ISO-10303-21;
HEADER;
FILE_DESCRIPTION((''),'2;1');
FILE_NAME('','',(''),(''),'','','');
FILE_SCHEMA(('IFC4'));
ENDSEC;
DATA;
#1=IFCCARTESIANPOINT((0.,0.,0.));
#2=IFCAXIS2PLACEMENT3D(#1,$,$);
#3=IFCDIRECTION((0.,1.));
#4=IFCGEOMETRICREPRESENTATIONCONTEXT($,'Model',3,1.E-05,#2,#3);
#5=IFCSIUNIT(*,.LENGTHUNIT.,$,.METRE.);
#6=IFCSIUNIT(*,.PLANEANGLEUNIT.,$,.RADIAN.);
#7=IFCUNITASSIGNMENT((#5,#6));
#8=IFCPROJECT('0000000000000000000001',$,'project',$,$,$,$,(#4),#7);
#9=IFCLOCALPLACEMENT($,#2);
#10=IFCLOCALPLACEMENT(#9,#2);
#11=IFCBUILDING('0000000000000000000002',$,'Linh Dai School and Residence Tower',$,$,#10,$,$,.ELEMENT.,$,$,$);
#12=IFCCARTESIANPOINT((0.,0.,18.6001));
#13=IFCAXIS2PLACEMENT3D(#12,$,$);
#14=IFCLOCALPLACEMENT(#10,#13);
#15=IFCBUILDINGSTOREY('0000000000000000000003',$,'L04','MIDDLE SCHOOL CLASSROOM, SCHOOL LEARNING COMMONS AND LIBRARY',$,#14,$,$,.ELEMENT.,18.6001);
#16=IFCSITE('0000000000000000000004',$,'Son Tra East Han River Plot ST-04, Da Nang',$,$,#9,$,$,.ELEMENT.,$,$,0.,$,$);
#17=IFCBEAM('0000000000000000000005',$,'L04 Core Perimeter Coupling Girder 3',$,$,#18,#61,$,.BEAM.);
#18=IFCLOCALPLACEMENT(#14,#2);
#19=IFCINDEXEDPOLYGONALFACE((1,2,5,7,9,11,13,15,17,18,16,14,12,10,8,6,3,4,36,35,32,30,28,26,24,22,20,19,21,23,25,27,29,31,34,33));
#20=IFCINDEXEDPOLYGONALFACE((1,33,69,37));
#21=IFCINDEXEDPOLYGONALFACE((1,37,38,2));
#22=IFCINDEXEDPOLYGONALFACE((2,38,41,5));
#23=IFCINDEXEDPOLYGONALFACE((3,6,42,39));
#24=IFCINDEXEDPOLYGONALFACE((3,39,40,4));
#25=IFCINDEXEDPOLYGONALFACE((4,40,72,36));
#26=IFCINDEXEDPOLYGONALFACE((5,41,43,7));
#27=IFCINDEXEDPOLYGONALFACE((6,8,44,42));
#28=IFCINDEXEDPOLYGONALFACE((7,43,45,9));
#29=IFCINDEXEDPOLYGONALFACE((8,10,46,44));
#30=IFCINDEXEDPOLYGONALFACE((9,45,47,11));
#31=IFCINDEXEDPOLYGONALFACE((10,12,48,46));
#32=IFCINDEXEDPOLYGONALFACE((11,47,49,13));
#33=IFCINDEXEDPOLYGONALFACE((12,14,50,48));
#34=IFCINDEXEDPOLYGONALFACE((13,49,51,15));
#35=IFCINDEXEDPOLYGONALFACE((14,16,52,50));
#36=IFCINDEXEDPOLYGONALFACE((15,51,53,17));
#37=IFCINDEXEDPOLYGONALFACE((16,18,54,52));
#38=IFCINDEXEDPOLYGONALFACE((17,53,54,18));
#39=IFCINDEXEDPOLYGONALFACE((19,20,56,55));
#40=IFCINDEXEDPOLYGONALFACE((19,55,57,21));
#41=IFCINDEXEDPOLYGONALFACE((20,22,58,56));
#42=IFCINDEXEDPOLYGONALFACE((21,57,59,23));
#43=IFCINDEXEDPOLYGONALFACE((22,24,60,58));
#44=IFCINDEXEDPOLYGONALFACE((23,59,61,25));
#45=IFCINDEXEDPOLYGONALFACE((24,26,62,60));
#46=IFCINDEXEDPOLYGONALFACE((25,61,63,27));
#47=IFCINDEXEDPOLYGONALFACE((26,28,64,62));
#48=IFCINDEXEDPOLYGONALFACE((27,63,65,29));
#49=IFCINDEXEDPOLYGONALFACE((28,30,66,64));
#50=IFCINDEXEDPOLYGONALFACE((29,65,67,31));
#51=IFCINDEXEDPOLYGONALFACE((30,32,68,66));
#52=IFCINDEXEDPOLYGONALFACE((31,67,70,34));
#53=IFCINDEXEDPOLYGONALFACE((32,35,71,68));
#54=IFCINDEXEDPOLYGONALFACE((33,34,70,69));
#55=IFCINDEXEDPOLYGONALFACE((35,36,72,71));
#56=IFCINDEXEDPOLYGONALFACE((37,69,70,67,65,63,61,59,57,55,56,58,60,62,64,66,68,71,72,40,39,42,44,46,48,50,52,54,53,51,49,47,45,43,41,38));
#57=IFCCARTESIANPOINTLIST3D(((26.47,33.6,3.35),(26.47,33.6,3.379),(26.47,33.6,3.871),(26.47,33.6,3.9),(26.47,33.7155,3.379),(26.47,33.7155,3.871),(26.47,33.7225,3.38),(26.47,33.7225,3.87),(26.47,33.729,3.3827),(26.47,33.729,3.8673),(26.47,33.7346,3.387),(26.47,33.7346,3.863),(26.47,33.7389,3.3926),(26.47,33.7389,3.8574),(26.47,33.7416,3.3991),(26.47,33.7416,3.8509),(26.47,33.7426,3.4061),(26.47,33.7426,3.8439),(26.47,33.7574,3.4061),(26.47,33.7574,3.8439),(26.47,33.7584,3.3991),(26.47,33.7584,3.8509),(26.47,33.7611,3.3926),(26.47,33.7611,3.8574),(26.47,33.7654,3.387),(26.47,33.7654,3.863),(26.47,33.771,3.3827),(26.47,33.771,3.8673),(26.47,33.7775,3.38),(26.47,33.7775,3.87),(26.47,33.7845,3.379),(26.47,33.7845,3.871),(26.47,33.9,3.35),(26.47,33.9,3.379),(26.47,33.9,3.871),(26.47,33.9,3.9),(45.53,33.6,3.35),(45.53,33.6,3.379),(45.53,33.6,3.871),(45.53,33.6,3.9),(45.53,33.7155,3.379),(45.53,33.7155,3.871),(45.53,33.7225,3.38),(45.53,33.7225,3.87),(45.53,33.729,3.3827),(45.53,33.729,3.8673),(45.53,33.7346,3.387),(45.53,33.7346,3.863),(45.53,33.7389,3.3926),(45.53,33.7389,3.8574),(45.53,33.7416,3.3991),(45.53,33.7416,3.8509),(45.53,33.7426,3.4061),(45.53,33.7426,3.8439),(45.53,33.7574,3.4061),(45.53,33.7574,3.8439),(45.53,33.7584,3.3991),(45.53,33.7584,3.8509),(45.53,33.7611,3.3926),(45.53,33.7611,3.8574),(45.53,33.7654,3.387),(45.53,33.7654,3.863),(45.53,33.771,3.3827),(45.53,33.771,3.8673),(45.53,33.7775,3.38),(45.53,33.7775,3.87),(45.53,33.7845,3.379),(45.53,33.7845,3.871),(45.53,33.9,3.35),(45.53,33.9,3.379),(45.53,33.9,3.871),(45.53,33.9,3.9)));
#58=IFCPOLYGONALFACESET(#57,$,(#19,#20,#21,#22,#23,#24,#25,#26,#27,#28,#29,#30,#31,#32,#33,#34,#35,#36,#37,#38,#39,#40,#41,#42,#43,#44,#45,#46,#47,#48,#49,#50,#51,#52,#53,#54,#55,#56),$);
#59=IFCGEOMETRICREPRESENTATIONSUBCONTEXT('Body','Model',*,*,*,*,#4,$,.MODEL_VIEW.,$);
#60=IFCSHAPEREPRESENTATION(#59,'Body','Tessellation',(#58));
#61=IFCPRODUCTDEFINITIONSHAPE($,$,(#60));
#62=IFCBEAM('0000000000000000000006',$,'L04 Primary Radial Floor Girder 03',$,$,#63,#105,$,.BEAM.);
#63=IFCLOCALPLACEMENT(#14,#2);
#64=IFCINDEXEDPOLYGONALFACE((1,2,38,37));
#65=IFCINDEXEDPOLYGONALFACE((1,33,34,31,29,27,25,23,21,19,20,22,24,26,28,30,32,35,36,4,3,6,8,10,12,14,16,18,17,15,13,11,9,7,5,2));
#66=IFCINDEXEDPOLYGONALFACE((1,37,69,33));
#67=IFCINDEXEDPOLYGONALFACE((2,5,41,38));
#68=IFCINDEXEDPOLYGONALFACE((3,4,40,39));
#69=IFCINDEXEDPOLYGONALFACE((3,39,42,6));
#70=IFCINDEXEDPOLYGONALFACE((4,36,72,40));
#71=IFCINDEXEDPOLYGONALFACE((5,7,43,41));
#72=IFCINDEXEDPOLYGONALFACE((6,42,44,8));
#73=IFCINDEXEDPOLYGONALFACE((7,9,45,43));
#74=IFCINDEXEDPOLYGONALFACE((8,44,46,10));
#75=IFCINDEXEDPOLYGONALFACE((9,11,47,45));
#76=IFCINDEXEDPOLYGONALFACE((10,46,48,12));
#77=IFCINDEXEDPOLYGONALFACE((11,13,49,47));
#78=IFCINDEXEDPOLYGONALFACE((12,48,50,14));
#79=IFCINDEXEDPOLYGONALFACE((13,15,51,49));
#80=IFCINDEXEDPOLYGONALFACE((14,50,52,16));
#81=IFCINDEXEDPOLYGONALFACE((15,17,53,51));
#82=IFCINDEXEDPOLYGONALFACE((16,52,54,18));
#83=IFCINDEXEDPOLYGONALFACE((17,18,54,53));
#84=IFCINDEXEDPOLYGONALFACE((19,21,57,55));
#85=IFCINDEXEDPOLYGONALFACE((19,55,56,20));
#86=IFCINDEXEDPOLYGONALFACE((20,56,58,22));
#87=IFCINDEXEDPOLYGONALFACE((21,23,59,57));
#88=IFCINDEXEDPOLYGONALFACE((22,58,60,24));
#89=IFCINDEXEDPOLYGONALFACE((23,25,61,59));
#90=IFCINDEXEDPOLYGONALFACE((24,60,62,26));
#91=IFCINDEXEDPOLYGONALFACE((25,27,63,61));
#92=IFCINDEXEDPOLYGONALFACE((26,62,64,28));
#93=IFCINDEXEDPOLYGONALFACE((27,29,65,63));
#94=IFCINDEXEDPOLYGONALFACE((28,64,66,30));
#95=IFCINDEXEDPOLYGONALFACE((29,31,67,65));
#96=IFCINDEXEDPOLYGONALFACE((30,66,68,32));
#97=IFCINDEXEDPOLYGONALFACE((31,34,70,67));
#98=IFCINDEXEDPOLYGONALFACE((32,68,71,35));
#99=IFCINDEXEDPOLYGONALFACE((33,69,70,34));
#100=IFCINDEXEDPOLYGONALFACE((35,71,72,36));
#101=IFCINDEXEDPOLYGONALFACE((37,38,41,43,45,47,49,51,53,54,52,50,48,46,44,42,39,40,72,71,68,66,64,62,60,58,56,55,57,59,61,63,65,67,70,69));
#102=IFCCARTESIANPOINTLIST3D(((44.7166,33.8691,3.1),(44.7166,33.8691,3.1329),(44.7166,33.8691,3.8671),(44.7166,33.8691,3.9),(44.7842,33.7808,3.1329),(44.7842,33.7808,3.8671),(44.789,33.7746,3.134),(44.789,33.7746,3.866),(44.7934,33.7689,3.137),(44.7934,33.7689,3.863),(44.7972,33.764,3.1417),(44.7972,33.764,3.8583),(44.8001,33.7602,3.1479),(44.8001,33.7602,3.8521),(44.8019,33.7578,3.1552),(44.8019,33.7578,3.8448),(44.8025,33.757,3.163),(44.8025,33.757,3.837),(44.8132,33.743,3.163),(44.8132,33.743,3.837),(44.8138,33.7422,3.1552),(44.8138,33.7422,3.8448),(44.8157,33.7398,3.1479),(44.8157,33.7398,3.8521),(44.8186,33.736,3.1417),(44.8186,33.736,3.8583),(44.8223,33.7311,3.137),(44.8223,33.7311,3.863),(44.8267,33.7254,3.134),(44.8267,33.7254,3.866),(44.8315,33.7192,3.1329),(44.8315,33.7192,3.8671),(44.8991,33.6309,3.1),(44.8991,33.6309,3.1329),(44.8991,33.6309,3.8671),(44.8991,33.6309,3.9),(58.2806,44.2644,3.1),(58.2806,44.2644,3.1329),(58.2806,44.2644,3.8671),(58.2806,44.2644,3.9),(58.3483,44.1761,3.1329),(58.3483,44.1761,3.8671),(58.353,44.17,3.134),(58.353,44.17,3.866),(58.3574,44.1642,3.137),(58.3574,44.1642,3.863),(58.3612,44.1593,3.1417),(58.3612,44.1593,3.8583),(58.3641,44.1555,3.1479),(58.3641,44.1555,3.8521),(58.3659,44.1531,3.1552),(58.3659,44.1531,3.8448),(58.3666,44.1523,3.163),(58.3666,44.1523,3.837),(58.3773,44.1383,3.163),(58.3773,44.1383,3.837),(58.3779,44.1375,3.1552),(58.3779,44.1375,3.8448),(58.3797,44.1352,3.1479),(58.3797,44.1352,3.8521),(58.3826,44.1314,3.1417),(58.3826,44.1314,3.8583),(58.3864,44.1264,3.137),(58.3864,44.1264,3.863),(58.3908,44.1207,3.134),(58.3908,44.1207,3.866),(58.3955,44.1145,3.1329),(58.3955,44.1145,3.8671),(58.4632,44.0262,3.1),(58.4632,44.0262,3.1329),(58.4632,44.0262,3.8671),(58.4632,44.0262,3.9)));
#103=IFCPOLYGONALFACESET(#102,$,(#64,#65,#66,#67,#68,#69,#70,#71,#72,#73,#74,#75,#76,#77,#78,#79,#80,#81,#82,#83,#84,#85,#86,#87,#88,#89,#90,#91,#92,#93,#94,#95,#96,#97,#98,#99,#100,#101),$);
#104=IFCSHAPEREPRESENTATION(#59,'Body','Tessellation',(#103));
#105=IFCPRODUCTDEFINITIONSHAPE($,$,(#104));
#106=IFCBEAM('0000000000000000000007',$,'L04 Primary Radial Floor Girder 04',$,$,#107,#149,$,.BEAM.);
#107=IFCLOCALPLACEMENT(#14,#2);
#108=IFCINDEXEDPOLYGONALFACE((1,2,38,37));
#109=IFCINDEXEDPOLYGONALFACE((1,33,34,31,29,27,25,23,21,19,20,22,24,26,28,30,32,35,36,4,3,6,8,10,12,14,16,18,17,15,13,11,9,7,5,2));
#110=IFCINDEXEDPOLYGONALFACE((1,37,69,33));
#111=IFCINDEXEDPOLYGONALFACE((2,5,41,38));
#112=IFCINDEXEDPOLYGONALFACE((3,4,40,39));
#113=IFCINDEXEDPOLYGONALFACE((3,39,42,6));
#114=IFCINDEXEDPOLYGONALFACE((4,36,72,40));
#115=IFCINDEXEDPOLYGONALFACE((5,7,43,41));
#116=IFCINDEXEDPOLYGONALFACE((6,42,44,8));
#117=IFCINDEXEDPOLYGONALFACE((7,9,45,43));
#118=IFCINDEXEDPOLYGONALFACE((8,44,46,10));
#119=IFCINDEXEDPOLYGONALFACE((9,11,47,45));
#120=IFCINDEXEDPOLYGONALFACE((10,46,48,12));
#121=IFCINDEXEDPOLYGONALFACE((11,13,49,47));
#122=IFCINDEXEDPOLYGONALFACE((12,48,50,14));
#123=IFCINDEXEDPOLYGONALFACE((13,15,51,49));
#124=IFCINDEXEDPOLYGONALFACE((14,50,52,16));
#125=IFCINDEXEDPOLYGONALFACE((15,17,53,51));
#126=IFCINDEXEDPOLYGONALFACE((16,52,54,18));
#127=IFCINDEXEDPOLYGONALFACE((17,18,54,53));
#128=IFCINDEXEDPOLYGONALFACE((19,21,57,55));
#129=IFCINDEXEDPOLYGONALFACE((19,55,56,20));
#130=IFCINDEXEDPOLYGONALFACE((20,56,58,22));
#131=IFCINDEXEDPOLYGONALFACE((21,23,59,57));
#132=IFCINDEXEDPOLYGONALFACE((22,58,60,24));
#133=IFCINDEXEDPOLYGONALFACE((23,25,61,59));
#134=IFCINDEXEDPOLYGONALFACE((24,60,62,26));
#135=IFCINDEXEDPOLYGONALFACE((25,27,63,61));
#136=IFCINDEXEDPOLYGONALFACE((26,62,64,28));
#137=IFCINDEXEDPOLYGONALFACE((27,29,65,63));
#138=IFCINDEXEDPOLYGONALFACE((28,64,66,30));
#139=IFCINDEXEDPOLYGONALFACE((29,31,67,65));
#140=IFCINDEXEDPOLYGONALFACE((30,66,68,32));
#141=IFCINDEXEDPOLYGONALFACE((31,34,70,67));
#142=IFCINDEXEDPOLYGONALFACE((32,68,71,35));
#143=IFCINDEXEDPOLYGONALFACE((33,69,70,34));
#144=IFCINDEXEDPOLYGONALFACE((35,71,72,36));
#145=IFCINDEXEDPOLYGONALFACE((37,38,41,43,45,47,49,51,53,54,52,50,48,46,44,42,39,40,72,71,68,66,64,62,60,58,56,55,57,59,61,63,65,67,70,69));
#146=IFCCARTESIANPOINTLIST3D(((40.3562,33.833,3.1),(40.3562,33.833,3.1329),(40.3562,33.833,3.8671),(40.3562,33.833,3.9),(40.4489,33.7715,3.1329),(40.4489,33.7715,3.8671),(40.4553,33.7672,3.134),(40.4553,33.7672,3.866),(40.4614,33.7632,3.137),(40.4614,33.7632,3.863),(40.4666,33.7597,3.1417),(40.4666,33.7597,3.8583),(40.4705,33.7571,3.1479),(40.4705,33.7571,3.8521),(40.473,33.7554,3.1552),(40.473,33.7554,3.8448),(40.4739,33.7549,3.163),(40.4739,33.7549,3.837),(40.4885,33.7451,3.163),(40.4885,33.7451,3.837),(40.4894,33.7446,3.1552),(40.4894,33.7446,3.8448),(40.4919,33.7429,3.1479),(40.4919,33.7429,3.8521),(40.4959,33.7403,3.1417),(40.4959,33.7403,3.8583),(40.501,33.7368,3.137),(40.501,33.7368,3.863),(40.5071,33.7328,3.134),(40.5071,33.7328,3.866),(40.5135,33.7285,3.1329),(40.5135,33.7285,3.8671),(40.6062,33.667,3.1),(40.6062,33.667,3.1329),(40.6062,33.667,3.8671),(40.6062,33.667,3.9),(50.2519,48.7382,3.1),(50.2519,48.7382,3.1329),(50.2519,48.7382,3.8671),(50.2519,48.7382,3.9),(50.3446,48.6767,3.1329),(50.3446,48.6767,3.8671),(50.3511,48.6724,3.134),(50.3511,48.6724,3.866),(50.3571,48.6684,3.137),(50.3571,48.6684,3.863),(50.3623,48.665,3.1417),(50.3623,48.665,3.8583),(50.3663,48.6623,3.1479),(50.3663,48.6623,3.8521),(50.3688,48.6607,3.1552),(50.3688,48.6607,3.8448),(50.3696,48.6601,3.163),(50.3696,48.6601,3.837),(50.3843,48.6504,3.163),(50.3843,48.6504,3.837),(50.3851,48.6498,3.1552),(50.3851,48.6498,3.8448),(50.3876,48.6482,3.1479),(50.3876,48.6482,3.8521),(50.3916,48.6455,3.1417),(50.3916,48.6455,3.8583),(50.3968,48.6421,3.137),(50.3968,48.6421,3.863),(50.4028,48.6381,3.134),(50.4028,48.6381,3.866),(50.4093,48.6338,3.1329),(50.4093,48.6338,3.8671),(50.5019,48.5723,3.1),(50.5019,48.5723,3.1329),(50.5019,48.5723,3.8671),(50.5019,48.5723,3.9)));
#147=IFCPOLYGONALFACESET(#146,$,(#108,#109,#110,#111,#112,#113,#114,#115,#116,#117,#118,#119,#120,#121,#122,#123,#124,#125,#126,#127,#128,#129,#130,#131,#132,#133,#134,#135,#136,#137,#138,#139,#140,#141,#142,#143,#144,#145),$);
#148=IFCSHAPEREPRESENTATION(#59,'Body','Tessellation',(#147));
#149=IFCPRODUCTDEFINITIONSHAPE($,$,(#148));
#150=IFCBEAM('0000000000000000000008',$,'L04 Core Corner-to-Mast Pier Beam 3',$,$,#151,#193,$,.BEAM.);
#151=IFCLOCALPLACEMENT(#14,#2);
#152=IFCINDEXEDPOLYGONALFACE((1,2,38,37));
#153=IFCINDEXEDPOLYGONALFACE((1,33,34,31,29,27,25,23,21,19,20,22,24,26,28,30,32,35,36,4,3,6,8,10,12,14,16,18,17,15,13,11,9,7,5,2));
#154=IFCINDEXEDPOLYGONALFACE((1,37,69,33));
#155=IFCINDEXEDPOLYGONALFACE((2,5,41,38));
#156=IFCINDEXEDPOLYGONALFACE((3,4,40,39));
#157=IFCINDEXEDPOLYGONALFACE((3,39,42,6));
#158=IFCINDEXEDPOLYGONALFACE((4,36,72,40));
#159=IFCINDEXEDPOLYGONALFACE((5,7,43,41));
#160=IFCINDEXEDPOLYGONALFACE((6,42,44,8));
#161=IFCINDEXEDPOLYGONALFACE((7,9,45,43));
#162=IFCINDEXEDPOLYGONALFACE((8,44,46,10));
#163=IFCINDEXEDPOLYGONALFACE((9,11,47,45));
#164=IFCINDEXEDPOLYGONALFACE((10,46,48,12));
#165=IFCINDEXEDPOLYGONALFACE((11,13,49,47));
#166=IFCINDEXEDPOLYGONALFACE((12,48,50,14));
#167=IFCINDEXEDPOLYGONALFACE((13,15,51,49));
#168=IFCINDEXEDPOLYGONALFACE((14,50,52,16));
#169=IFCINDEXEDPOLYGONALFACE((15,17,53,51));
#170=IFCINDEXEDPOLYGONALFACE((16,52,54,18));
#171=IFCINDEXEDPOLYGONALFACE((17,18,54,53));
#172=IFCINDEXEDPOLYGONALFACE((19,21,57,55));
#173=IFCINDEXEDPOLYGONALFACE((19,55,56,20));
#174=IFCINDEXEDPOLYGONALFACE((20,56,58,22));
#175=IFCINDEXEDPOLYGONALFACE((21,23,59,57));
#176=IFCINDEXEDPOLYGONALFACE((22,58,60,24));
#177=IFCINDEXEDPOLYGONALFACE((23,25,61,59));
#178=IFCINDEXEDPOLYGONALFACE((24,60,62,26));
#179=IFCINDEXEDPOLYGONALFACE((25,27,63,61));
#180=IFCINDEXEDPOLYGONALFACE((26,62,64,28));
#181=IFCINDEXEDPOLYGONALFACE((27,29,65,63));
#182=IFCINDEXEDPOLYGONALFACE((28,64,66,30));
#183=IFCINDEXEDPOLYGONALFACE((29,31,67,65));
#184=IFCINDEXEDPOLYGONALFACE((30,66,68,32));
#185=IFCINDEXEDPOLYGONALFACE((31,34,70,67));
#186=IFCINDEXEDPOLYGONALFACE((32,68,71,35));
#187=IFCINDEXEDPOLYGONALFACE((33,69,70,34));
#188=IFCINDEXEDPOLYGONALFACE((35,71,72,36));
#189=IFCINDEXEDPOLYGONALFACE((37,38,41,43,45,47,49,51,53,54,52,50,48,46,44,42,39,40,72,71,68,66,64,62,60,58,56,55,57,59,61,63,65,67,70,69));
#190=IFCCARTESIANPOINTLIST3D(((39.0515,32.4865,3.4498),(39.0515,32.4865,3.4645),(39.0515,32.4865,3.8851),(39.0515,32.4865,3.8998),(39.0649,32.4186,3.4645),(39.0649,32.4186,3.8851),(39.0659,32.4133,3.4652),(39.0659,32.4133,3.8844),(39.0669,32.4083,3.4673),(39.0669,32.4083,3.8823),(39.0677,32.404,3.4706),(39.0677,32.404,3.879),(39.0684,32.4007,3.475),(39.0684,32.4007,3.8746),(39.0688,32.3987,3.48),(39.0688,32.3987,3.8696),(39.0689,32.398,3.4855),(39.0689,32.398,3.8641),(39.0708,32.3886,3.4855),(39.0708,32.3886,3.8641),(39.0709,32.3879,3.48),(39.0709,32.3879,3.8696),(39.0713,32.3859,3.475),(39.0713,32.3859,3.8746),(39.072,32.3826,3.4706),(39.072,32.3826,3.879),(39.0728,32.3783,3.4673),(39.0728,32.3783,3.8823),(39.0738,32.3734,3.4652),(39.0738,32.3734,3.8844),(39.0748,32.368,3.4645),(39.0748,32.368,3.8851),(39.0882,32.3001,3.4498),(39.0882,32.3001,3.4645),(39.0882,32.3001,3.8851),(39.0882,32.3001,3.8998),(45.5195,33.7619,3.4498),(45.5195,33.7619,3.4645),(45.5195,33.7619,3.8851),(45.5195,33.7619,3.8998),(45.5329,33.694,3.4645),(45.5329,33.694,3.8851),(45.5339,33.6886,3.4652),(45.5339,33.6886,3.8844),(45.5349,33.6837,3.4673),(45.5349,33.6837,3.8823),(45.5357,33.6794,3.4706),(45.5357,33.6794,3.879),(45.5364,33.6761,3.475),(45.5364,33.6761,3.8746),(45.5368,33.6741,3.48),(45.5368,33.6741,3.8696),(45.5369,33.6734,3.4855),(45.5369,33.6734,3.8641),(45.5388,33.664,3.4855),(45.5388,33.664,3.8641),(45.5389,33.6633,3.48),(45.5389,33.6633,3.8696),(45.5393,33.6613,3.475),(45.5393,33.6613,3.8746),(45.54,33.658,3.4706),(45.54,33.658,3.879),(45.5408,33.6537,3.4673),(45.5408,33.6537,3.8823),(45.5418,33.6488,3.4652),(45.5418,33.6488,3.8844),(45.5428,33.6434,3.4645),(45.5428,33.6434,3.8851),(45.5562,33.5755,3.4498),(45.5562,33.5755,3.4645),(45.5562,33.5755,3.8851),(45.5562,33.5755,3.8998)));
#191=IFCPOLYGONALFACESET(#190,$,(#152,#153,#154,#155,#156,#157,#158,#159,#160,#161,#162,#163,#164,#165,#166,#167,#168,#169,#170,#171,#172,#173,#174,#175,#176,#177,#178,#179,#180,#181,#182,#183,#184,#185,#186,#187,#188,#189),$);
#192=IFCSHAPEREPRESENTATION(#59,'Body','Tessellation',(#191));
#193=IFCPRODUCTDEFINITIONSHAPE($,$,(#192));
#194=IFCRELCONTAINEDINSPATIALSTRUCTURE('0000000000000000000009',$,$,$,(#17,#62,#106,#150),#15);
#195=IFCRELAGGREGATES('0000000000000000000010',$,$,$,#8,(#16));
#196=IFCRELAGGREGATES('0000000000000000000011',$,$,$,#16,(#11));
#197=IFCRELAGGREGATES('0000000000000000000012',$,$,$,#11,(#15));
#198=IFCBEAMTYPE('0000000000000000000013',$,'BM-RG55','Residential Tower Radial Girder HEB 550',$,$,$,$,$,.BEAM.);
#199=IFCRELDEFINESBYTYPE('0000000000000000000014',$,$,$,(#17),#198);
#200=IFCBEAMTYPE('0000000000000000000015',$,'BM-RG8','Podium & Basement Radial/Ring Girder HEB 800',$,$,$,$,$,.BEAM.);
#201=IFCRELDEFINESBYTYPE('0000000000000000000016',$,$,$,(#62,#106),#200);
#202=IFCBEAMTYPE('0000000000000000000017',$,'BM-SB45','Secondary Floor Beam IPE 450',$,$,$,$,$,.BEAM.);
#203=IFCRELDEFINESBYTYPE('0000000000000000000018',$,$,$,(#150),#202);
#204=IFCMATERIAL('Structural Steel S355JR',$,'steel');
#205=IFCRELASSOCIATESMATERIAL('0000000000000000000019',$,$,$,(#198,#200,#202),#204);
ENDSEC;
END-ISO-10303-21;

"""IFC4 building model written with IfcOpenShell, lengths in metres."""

from ifc_helpers import new_model, si_unit, direction, frame, origin, origin_2d, place, context, subcontext, project, spatial, i_section, extrude, material, material_profile, profile_set, type_object, element, save


model = new_model("IFC4")

# Units and contexts
model_context = context("Model", 3, precision=1e-05, world=origin(), true_north=direction((0.0, 1.0)))
body_context = subcontext(model_context, "Body", "Model", "MODEL_VIEW")
ifc_project = project(units=[si_unit("LENGTHUNIT", "METRE"), si_unit("PLANEANGLEUNIT", "RADIAN")], contexts=[model_context])

# Site, building, storey
site_placement = place(None, origin())
site = spatial("IfcSite", under=ifc_project, at=site_placement, Name="Son Tra East Han River Plot ST-04, Da Nang", CompositionType="ELEMENT", RefElevation=0.0)
building_placement = place(site_placement, origin())
building = spatial("IfcBuilding", under=site, at=building_placement, Name="Linh Dai School and Residence Tower", CompositionType="ELEMENT")
storey_placement = place(building_placement, frame((0.0, 0.0, 18.6001)))
storey = spatial("IfcBuildingStorey", under=building, at=storey_placement, Name="L04", Description="MIDDLE SCHOOL CLASSROOM, SCHOOL LEARNING COMMONS AND LIBRARY", CompositionType="ELEMENT", Elevation=18.6001)

# Beams
ifc_material_1 = material(Name="Structural Steel S355JR", Category="steel")
ifc_material_profile_1 = material_profile(ifc_material_1, i_section(OverallWidth=0.3, OverallDepth=0.55, WebThickness=0.0149, FlangeThickness=0.0291, FilletRadius=0.0271, at=origin_2d()), Name="HEB 550")
ifc_profile_set_1 = profile_set([ifc_material_profile_1], Name="Structural Steel S355JR")
beam_type_1 = type_object("IfcBeamType", Name="BM-RG55", Description="Residential Tower Radial Girder HEB 550", PredefinedType="BEAM", material=ifc_profile_set_1)
beam_1_placement = place(storey_placement, frame((45.53, 33.75, 3.625), z_axis=(-1.0, 0.0, 0.0), x_axis=(0.0, -1.0, 0.0)))
element("IfcBeam", 1, at=beam_1_placement, inside=storey, type_object=beam_type_1, Name="L04 Core Perimeter Coupling Girder 3", PredefinedType="BEAM", context=body_context, shape_type="SweptSolid", body=[
    extrude(i_section(OverallWidth=0.3, OverallDepth=0.55, WebThickness=0.0149, FlangeThickness=0.0291, FilletRadius=0.0271, at=origin_2d()), origin(), (0.0, 0.0, 1.0), 19.0601),
])
ifc_material_profile_2 = material_profile(ifc_material_1, i_section(OverallWidth=0.3, OverallDepth=0.8, WebThickness=0.0176, FlangeThickness=0.033, FilletRadius=0.03, at=origin_2d()), Name="HEB 800")
ifc_profile_set_2 = profile_set([ifc_material_profile_2], Name="Structural Steel S355JR")
beam_type_2 = type_object("IfcBeamType", Name="BM-RG8", Description="Podium & Basement Radial/Ring Girder HEB 800", PredefinedType="BEAM", material=ifc_profile_set_2)
beam_2_placement = place(storey_placement, frame((44.8079, 33.75, 3.5), z_axis=(0.793713, 0.608292, 0.0), x_axis=(-0.608292, 0.793713, 0.0)))
element("IfcBeam", 2, at=beam_2_placement, inside=storey, type_object=beam_type_2, Name="L04 Primary Radial Floor Girder 03", PredefinedType="BEAM", context=body_context, shape_type="SweptSolid", body=[
    extrude(i_section(OverallWidth=0.3, OverallDepth=0.8, WebThickness=0.0176, FlangeThickness=0.033, FilletRadius=0.03, at=origin_2d()), origin(), (0.0, 0.0, 1.0), 17.0894),
])
beam_3_placement = place(storey_placement, frame((40.4812, 33.75, 3.5), z_axis=(0.553109, 0.833109, 0.0), x_axis=(-0.833109, 0.553109, 0.0)))
element("IfcBeam", 3, at=beam_3_placement, inside=storey, type_object=beam_type_2, Name="L04 Primary Radial Floor Girder 04", PredefinedType="BEAM", context=body_context, shape_type="SweptSolid", body=[
    extrude(i_section(OverallWidth=0.3, OverallDepth=0.8, WebThickness=0.0176, FlangeThickness=0.033, FilletRadius=0.03, at=origin_2d()), origin(), (0.0, 0.0, 1.0), 17.8911),
])
ifc_material_profile_3 = material_profile(ifc_material_1, i_section(OverallWidth=0.1899, OverallDepth=0.45, WebThickness=0.0095, FlangeThickness=0.0146, FilletRadius=0.021, at=origin_2d()), Name="IPE 450")
ifc_profile_set_3 = profile_set([ifc_material_profile_3], Name="Structural Steel S355JR")
beam_type_3 = type_object("IfcBeamType", Name="BM-SB45", Description="Secondary Floor Beam IPE 450", PredefinedType="BEAM", material=ifc_profile_set_3)
beam_4_placement = place(storey_placement, frame((45.5378, 33.6687, 3.6748), z_axis=(-0.981108, -0.193459, 0.0), x_axis=(0.193459, -0.981108, 0.0)))
element("IfcBeam", 4, at=beam_4_placement, inside=storey, type_object=beam_type_3, Name="L04 Core Corner-to-Mast Pier Beam 3", PredefinedType="BEAM", context=body_context, shape_type="SweptSolid", body=[
    extrude(i_section(OverallWidth=0.1899, OverallDepth=0.45, WebThickness=0.0095, FlangeThickness=0.0146, FilletRadius=0.021, at=origin_2d()), origin(), (0.0, 0.0, 1.0), 6.5925),
])

save(model, "model.ifc")
